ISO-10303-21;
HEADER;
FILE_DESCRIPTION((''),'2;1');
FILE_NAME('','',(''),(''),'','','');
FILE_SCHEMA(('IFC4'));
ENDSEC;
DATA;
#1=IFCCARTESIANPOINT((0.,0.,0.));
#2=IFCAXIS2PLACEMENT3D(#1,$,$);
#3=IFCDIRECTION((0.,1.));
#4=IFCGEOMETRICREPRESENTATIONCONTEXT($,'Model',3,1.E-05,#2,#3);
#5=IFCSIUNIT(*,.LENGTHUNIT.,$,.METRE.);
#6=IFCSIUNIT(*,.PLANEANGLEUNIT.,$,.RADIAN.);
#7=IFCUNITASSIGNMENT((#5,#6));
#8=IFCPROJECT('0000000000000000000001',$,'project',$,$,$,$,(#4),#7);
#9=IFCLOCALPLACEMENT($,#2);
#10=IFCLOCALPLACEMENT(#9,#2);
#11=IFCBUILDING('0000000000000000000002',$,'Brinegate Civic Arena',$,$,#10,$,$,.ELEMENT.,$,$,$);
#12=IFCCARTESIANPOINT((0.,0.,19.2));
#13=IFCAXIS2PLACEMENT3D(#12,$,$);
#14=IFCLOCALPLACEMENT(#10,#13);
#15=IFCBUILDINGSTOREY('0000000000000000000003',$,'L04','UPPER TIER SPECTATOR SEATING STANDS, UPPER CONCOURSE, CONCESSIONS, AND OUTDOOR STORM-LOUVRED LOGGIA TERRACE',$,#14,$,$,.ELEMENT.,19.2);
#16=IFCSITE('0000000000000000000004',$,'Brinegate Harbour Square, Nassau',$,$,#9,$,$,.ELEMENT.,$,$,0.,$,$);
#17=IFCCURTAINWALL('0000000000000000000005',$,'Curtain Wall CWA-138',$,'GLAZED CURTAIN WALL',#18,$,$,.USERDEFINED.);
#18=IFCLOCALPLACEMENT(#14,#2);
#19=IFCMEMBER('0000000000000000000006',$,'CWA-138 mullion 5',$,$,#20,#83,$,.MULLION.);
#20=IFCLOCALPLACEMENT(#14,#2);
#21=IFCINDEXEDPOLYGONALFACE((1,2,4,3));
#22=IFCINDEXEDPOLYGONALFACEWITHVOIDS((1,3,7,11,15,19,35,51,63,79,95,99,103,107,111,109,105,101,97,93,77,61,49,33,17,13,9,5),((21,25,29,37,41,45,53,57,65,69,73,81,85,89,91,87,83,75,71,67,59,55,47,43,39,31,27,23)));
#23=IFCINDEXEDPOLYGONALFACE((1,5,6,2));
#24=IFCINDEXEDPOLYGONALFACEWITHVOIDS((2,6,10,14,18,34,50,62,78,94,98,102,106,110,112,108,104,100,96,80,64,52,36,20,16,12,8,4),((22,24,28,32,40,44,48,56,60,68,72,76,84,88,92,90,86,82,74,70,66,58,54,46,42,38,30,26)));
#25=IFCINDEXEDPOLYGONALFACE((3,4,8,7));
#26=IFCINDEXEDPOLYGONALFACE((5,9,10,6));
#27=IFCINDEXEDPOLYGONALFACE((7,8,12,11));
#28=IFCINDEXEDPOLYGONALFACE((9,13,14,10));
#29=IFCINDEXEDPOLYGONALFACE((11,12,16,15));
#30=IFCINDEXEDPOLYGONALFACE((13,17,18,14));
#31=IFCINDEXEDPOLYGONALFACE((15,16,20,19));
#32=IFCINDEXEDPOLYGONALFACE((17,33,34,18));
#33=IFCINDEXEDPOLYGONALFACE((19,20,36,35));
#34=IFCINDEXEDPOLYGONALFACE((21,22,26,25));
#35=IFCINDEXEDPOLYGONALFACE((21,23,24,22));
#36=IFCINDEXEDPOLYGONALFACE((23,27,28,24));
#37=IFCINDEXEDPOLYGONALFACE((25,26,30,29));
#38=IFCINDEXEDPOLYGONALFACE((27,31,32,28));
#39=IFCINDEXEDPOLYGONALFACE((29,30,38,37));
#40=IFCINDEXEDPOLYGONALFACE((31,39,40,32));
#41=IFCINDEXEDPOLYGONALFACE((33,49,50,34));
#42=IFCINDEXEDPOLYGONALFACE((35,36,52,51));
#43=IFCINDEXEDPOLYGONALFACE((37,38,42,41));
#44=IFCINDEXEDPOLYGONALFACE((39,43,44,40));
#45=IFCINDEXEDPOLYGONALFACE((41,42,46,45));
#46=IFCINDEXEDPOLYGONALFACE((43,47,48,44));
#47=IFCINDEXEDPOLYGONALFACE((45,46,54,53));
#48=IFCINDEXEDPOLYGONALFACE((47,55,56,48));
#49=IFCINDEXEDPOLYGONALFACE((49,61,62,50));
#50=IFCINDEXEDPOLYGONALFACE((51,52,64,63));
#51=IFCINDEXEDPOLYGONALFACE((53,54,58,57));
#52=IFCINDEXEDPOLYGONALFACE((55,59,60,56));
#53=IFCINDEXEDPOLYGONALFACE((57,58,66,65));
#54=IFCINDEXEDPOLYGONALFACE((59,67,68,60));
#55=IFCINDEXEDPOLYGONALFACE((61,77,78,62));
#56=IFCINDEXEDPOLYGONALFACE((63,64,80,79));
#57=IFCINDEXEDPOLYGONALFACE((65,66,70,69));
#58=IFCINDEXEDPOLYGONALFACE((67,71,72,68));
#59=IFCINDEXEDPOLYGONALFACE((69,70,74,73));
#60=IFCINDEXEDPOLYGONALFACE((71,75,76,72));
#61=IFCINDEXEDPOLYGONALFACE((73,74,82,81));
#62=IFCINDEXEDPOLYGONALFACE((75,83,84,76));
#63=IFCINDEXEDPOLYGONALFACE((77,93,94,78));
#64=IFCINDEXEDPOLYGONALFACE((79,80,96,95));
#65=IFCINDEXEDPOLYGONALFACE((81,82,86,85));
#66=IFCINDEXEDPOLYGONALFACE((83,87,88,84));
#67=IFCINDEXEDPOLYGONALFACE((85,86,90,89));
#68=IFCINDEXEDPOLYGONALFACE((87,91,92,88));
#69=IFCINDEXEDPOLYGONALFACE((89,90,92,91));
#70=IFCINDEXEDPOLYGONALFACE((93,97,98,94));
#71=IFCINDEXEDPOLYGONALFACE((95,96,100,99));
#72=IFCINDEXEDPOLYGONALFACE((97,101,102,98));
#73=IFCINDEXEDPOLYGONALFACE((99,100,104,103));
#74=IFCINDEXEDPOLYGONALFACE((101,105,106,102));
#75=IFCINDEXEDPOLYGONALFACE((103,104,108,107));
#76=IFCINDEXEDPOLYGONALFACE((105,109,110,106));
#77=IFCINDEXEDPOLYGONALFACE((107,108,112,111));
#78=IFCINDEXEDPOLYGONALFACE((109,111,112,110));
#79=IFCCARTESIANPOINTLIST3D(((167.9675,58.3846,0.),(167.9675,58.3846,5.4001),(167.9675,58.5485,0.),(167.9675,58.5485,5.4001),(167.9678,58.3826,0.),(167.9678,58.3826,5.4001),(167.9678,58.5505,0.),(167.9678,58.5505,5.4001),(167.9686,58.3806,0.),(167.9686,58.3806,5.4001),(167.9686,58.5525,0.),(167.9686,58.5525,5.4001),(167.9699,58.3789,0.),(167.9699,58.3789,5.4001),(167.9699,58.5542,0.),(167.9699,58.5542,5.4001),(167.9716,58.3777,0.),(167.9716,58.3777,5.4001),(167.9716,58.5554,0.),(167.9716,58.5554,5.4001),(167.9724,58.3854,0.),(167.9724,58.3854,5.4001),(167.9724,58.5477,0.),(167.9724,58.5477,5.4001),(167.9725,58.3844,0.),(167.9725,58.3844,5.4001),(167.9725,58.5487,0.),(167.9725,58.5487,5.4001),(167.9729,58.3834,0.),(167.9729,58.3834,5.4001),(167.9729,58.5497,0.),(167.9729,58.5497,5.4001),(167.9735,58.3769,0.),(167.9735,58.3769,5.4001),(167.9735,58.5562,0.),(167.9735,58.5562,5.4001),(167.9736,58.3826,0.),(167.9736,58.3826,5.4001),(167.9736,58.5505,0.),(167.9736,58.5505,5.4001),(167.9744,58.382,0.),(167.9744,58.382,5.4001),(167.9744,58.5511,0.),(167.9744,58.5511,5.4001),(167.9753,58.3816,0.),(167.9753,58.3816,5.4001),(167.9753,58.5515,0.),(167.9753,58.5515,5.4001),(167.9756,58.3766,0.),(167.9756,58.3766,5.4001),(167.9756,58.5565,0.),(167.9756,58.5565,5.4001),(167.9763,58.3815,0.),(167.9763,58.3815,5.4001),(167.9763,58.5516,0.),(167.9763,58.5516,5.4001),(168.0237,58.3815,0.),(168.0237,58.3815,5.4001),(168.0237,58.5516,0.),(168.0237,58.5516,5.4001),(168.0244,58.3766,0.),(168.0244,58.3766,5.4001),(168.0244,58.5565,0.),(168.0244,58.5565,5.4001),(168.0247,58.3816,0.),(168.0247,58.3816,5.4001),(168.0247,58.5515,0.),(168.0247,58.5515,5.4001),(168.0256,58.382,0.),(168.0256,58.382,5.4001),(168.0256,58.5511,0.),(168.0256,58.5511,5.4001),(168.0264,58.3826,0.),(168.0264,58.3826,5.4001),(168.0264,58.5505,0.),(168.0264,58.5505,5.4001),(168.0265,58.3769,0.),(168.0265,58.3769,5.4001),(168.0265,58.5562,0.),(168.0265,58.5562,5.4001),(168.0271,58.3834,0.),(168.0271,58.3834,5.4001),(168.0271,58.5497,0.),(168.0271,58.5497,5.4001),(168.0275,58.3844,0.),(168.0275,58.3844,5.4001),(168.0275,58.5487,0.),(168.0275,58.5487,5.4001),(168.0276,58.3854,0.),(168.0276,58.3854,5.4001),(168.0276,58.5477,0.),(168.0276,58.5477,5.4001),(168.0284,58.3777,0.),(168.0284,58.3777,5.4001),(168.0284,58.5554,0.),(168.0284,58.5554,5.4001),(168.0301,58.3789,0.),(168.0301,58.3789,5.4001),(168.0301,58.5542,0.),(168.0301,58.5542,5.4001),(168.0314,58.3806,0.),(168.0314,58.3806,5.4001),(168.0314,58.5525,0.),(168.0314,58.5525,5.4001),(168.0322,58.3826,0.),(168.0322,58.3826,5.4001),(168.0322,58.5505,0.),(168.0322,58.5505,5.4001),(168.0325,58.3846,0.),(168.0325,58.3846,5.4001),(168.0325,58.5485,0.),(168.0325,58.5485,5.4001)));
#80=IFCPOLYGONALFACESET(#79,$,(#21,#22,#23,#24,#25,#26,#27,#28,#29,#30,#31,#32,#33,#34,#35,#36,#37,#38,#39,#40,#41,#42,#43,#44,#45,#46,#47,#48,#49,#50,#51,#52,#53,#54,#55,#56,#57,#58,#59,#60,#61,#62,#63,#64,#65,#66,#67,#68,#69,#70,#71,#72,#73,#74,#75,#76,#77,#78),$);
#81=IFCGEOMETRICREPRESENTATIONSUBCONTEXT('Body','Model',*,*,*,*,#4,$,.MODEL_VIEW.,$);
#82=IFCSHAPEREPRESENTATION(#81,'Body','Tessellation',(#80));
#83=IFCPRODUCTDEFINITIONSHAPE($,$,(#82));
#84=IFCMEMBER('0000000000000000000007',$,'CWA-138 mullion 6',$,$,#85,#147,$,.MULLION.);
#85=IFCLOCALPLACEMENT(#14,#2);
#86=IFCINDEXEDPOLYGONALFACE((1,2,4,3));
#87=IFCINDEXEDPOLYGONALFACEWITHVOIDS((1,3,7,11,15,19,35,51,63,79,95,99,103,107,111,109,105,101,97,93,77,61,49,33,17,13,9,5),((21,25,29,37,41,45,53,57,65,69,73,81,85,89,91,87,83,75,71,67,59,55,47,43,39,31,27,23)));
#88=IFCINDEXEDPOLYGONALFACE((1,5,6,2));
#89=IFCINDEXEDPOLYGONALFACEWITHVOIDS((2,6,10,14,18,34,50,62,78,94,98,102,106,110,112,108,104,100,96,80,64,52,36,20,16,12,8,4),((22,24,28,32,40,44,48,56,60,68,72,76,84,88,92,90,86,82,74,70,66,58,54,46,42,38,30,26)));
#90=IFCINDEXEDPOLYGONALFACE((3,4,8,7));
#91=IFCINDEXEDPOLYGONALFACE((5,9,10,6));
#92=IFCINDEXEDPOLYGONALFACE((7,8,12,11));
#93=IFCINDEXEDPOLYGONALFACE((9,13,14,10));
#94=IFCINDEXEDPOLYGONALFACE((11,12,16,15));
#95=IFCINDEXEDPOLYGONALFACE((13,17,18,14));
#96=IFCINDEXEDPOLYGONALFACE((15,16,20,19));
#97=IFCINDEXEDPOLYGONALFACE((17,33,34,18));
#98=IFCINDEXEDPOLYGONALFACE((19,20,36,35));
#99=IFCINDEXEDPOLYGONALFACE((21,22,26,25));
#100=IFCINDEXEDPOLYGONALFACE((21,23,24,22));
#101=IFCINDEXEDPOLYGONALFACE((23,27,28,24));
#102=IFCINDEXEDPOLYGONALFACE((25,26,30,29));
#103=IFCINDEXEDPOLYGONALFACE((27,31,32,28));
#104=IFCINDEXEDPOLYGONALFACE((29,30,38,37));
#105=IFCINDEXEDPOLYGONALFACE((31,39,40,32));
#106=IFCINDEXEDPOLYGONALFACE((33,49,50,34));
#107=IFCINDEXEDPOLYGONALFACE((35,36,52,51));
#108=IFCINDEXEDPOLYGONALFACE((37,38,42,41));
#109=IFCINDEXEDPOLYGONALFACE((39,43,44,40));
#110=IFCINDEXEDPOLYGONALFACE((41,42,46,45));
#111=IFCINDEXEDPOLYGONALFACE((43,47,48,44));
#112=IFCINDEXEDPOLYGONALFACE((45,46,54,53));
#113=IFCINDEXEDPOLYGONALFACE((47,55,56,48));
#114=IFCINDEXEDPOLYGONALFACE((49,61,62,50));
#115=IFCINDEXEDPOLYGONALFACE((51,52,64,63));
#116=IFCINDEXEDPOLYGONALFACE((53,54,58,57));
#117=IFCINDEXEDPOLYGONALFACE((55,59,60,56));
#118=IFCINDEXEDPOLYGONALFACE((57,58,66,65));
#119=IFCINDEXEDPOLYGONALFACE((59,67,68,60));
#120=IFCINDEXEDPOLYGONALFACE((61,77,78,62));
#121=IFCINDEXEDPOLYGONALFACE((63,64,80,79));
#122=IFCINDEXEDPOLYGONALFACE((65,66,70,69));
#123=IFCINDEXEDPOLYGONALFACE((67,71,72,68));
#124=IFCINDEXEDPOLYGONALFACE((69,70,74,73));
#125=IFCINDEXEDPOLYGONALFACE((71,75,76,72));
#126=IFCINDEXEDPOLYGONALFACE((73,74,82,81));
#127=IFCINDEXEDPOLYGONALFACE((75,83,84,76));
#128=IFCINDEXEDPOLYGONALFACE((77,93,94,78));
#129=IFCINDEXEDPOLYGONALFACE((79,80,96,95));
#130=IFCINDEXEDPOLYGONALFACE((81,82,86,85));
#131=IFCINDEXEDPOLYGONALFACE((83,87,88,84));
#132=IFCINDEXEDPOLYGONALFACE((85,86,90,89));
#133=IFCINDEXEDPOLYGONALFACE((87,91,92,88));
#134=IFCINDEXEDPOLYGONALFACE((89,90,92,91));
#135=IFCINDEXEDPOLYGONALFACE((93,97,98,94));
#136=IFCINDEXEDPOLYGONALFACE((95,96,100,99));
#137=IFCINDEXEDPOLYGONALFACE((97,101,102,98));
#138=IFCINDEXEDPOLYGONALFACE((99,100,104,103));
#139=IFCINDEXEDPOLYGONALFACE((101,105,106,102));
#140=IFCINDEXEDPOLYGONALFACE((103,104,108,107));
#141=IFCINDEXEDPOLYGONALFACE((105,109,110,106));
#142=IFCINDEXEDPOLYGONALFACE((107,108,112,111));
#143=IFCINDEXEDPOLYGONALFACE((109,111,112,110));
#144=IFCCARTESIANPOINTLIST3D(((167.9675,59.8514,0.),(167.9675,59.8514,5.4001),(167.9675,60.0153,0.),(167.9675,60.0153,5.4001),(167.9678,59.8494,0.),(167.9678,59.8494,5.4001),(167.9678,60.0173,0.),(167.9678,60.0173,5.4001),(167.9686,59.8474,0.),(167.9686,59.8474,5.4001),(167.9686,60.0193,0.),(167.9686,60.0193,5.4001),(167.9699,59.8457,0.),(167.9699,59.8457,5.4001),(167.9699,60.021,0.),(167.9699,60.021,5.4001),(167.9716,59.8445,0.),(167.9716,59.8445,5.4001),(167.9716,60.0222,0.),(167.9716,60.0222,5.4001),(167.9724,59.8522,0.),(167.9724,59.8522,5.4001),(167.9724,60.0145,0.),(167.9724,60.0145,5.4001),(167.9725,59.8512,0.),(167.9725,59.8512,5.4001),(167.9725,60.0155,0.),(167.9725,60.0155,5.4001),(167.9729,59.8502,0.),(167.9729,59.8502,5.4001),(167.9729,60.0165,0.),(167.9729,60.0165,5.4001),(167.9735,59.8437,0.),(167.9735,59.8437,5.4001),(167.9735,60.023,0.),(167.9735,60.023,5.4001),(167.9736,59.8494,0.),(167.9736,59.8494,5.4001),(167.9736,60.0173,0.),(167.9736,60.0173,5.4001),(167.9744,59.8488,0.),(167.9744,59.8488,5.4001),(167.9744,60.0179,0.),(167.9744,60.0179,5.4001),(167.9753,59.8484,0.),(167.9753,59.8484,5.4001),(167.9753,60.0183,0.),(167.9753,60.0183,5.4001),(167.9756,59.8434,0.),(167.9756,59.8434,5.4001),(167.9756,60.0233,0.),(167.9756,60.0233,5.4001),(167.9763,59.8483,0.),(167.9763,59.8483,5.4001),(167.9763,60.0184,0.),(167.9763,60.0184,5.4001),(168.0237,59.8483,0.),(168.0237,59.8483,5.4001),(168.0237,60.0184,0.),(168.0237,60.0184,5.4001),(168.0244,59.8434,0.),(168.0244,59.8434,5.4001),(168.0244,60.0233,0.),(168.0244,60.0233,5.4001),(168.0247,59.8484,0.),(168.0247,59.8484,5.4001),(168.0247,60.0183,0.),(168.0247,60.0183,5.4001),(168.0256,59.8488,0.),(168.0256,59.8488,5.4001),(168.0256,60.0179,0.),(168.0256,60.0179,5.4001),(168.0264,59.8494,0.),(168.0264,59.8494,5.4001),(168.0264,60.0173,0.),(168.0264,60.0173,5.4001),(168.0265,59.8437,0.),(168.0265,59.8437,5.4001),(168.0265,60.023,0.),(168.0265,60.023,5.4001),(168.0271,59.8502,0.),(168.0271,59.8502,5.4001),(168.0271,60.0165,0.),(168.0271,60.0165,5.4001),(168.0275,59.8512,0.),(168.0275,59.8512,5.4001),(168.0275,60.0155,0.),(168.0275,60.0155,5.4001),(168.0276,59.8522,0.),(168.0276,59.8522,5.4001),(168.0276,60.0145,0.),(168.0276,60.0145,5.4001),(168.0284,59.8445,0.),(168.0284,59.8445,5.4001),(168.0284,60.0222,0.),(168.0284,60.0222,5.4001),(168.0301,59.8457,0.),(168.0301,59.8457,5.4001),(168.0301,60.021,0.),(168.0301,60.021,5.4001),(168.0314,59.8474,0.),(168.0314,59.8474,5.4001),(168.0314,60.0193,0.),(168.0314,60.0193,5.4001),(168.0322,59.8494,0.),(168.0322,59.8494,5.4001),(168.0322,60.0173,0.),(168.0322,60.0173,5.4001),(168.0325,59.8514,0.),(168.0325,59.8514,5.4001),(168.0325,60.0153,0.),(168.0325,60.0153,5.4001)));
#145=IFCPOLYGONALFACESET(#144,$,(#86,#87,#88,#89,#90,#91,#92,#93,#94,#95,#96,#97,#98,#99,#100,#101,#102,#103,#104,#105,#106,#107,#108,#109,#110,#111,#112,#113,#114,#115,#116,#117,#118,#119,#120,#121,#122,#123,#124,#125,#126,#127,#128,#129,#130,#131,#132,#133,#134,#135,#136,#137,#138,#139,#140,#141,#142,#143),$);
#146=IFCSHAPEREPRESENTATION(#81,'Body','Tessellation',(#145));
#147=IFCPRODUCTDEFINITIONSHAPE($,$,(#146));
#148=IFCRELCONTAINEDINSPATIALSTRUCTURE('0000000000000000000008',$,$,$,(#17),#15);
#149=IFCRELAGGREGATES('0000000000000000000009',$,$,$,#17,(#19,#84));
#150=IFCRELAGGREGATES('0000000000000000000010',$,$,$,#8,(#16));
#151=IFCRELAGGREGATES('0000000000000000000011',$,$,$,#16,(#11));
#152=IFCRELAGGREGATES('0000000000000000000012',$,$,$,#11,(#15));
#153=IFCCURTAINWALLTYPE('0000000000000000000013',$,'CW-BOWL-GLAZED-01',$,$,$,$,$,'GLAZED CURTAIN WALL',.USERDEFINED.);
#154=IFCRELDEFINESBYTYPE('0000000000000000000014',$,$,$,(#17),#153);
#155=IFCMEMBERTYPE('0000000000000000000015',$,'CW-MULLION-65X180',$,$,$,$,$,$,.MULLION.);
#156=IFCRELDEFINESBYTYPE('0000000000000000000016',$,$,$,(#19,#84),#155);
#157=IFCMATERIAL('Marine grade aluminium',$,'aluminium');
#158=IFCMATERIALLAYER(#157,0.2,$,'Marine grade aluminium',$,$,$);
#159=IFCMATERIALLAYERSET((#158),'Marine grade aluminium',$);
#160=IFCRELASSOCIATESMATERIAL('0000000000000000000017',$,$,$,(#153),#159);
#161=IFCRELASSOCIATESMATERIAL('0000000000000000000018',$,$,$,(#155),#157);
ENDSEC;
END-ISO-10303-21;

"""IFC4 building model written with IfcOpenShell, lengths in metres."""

from ifc_helpers import new_model, si_unit, direction, frame, origin, origin_2d, place, context, subcontext, project, spatial, hollow_rectangle, extrude, material, layer, layer_set, material_profile, profile_set, type_object, element, aggregate, save


model = new_model("IFC4")

# Units and contexts
model_context = context("Model", 3, precision=1e-05, world=origin(), true_north=direction((0.0, 1.0)))
body_context = subcontext(model_context, "Body", "Model", "MODEL_VIEW")
ifc_project = project(units=[si_unit("LENGTHUNIT", "METRE"), si_unit("PLANEANGLEUNIT", "RADIAN")], contexts=[model_context])

# Site, building, storey
site_placement = place(None, origin())
site = spatial("IfcSite", under=ifc_project, at=site_placement, Name="Brinegate Harbour Square, Nassau", CompositionType="ELEMENT", RefElevation=0.0)
building_placement = place(site_placement, origin())
building = spatial("IfcBuilding", under=site, at=building_placement, Name="Brinegate Civic Arena", CompositionType="ELEMENT")
storey_placement = place(building_placement, frame((0.0, 0.0, 19.2)))
storey = spatial("IfcBuildingStorey", under=building, at=storey_placement, Name="L04", Description="UPPER TIER SPECTATOR SEATING STANDS, UPPER CONCOURSE, CONCESSIONS, AND OUTDOOR STORM-LOUVRED LOGGIA TERRACE", CompositionType="ELEMENT", Elevation=19.2)

# Curtain wall, members
ifc_material_1 = material(Name="Marine grade aluminium", Category="aluminium")
ifc_layer_1 = layer(ifc_material_1, 0.2, Name="Marine grade aluminium")
ifc_layer_set_1 = layer_set([ifc_layer_1], Name="Marine grade aluminium")
curtain_wall_type = type_object("IfcCurtainWallType", Name="CW-BOWL-GLAZED-01", ElementType="GLAZED CURTAIN WALL", PredefinedType="USERDEFINED", material=ifc_layer_set_1)
curtain_wall_placement = place(storey_placement, origin())
curtain_wall = element("IfcCurtainWall", 1, at=curtain_wall_placement, inside=storey, type_object=curtain_wall_type, Name="Curtain Wall CWA-138", ObjectType="GLAZED CURTAIN WALL", PredefinedType="USERDEFINED")
ifc_material_profile_1 = material_profile(ifc_material_1, hollow_rectangle(XDim=0.0649, YDim=0.1799, WallThickness=0.0049, InnerFilletRadius=0.0039, OuterFilletRadius=0.0081, at=origin_2d()), Name="MUL65X180")
ifc_profile_set_1 = profile_set([ifc_material_profile_1], Name="Marine grade aluminium")
member_type_1 = type_object("IfcMemberType", Name="CW-MULLION-65X180", PredefinedType="MULLION", material=ifc_profile_set_1)
member_1_placement = place(storey_placement, frame((168.0, 58.4666, 0.0), z_axis=(0.0, 0.0, 1.0), x_axis=(-1.0, 0.0, 0.0)))
member_1 = element("IfcMember", 2, at=member_1_placement, type_object=member_type_1, Name="CWA-138 mullion 5", PredefinedType="MULLION", context=body_context, shape_type="SweptSolid", body=[
    extrude(hollow_rectangle(XDim=0.0649, YDim=0.1799, WallThickness=0.0049, InnerFilletRadius=0.0039, OuterFilletRadius=0.0081, at=origin_2d()), origin(), (0.0, 0.0, 1.0), 5.4001),
])
member_2_placement = place(storey_placement, frame((168.0, 59.9333, 0.0), z_axis=(0.0, 0.0, 1.0), x_axis=(-1.0, 0.0, 0.0)))
member_2 = element("IfcMember", 3, at=member_2_placement, type_object=member_type_1, Name="CWA-138 mullion 6", PredefinedType="MULLION", context=body_context, shape_type="SweptSolid", body=[
    extrude(hollow_rectangle(XDim=0.0649, YDim=0.1799, WallThickness=0.0049, InnerFilletRadius=0.0039, OuterFilletRadius=0.0081, at=origin_2d()), origin(), (0.0, 0.0, 1.0), 5.4001),
])
aggregate(curtain_wall, [member_1, member_2])

save(model, "model.ifc")
